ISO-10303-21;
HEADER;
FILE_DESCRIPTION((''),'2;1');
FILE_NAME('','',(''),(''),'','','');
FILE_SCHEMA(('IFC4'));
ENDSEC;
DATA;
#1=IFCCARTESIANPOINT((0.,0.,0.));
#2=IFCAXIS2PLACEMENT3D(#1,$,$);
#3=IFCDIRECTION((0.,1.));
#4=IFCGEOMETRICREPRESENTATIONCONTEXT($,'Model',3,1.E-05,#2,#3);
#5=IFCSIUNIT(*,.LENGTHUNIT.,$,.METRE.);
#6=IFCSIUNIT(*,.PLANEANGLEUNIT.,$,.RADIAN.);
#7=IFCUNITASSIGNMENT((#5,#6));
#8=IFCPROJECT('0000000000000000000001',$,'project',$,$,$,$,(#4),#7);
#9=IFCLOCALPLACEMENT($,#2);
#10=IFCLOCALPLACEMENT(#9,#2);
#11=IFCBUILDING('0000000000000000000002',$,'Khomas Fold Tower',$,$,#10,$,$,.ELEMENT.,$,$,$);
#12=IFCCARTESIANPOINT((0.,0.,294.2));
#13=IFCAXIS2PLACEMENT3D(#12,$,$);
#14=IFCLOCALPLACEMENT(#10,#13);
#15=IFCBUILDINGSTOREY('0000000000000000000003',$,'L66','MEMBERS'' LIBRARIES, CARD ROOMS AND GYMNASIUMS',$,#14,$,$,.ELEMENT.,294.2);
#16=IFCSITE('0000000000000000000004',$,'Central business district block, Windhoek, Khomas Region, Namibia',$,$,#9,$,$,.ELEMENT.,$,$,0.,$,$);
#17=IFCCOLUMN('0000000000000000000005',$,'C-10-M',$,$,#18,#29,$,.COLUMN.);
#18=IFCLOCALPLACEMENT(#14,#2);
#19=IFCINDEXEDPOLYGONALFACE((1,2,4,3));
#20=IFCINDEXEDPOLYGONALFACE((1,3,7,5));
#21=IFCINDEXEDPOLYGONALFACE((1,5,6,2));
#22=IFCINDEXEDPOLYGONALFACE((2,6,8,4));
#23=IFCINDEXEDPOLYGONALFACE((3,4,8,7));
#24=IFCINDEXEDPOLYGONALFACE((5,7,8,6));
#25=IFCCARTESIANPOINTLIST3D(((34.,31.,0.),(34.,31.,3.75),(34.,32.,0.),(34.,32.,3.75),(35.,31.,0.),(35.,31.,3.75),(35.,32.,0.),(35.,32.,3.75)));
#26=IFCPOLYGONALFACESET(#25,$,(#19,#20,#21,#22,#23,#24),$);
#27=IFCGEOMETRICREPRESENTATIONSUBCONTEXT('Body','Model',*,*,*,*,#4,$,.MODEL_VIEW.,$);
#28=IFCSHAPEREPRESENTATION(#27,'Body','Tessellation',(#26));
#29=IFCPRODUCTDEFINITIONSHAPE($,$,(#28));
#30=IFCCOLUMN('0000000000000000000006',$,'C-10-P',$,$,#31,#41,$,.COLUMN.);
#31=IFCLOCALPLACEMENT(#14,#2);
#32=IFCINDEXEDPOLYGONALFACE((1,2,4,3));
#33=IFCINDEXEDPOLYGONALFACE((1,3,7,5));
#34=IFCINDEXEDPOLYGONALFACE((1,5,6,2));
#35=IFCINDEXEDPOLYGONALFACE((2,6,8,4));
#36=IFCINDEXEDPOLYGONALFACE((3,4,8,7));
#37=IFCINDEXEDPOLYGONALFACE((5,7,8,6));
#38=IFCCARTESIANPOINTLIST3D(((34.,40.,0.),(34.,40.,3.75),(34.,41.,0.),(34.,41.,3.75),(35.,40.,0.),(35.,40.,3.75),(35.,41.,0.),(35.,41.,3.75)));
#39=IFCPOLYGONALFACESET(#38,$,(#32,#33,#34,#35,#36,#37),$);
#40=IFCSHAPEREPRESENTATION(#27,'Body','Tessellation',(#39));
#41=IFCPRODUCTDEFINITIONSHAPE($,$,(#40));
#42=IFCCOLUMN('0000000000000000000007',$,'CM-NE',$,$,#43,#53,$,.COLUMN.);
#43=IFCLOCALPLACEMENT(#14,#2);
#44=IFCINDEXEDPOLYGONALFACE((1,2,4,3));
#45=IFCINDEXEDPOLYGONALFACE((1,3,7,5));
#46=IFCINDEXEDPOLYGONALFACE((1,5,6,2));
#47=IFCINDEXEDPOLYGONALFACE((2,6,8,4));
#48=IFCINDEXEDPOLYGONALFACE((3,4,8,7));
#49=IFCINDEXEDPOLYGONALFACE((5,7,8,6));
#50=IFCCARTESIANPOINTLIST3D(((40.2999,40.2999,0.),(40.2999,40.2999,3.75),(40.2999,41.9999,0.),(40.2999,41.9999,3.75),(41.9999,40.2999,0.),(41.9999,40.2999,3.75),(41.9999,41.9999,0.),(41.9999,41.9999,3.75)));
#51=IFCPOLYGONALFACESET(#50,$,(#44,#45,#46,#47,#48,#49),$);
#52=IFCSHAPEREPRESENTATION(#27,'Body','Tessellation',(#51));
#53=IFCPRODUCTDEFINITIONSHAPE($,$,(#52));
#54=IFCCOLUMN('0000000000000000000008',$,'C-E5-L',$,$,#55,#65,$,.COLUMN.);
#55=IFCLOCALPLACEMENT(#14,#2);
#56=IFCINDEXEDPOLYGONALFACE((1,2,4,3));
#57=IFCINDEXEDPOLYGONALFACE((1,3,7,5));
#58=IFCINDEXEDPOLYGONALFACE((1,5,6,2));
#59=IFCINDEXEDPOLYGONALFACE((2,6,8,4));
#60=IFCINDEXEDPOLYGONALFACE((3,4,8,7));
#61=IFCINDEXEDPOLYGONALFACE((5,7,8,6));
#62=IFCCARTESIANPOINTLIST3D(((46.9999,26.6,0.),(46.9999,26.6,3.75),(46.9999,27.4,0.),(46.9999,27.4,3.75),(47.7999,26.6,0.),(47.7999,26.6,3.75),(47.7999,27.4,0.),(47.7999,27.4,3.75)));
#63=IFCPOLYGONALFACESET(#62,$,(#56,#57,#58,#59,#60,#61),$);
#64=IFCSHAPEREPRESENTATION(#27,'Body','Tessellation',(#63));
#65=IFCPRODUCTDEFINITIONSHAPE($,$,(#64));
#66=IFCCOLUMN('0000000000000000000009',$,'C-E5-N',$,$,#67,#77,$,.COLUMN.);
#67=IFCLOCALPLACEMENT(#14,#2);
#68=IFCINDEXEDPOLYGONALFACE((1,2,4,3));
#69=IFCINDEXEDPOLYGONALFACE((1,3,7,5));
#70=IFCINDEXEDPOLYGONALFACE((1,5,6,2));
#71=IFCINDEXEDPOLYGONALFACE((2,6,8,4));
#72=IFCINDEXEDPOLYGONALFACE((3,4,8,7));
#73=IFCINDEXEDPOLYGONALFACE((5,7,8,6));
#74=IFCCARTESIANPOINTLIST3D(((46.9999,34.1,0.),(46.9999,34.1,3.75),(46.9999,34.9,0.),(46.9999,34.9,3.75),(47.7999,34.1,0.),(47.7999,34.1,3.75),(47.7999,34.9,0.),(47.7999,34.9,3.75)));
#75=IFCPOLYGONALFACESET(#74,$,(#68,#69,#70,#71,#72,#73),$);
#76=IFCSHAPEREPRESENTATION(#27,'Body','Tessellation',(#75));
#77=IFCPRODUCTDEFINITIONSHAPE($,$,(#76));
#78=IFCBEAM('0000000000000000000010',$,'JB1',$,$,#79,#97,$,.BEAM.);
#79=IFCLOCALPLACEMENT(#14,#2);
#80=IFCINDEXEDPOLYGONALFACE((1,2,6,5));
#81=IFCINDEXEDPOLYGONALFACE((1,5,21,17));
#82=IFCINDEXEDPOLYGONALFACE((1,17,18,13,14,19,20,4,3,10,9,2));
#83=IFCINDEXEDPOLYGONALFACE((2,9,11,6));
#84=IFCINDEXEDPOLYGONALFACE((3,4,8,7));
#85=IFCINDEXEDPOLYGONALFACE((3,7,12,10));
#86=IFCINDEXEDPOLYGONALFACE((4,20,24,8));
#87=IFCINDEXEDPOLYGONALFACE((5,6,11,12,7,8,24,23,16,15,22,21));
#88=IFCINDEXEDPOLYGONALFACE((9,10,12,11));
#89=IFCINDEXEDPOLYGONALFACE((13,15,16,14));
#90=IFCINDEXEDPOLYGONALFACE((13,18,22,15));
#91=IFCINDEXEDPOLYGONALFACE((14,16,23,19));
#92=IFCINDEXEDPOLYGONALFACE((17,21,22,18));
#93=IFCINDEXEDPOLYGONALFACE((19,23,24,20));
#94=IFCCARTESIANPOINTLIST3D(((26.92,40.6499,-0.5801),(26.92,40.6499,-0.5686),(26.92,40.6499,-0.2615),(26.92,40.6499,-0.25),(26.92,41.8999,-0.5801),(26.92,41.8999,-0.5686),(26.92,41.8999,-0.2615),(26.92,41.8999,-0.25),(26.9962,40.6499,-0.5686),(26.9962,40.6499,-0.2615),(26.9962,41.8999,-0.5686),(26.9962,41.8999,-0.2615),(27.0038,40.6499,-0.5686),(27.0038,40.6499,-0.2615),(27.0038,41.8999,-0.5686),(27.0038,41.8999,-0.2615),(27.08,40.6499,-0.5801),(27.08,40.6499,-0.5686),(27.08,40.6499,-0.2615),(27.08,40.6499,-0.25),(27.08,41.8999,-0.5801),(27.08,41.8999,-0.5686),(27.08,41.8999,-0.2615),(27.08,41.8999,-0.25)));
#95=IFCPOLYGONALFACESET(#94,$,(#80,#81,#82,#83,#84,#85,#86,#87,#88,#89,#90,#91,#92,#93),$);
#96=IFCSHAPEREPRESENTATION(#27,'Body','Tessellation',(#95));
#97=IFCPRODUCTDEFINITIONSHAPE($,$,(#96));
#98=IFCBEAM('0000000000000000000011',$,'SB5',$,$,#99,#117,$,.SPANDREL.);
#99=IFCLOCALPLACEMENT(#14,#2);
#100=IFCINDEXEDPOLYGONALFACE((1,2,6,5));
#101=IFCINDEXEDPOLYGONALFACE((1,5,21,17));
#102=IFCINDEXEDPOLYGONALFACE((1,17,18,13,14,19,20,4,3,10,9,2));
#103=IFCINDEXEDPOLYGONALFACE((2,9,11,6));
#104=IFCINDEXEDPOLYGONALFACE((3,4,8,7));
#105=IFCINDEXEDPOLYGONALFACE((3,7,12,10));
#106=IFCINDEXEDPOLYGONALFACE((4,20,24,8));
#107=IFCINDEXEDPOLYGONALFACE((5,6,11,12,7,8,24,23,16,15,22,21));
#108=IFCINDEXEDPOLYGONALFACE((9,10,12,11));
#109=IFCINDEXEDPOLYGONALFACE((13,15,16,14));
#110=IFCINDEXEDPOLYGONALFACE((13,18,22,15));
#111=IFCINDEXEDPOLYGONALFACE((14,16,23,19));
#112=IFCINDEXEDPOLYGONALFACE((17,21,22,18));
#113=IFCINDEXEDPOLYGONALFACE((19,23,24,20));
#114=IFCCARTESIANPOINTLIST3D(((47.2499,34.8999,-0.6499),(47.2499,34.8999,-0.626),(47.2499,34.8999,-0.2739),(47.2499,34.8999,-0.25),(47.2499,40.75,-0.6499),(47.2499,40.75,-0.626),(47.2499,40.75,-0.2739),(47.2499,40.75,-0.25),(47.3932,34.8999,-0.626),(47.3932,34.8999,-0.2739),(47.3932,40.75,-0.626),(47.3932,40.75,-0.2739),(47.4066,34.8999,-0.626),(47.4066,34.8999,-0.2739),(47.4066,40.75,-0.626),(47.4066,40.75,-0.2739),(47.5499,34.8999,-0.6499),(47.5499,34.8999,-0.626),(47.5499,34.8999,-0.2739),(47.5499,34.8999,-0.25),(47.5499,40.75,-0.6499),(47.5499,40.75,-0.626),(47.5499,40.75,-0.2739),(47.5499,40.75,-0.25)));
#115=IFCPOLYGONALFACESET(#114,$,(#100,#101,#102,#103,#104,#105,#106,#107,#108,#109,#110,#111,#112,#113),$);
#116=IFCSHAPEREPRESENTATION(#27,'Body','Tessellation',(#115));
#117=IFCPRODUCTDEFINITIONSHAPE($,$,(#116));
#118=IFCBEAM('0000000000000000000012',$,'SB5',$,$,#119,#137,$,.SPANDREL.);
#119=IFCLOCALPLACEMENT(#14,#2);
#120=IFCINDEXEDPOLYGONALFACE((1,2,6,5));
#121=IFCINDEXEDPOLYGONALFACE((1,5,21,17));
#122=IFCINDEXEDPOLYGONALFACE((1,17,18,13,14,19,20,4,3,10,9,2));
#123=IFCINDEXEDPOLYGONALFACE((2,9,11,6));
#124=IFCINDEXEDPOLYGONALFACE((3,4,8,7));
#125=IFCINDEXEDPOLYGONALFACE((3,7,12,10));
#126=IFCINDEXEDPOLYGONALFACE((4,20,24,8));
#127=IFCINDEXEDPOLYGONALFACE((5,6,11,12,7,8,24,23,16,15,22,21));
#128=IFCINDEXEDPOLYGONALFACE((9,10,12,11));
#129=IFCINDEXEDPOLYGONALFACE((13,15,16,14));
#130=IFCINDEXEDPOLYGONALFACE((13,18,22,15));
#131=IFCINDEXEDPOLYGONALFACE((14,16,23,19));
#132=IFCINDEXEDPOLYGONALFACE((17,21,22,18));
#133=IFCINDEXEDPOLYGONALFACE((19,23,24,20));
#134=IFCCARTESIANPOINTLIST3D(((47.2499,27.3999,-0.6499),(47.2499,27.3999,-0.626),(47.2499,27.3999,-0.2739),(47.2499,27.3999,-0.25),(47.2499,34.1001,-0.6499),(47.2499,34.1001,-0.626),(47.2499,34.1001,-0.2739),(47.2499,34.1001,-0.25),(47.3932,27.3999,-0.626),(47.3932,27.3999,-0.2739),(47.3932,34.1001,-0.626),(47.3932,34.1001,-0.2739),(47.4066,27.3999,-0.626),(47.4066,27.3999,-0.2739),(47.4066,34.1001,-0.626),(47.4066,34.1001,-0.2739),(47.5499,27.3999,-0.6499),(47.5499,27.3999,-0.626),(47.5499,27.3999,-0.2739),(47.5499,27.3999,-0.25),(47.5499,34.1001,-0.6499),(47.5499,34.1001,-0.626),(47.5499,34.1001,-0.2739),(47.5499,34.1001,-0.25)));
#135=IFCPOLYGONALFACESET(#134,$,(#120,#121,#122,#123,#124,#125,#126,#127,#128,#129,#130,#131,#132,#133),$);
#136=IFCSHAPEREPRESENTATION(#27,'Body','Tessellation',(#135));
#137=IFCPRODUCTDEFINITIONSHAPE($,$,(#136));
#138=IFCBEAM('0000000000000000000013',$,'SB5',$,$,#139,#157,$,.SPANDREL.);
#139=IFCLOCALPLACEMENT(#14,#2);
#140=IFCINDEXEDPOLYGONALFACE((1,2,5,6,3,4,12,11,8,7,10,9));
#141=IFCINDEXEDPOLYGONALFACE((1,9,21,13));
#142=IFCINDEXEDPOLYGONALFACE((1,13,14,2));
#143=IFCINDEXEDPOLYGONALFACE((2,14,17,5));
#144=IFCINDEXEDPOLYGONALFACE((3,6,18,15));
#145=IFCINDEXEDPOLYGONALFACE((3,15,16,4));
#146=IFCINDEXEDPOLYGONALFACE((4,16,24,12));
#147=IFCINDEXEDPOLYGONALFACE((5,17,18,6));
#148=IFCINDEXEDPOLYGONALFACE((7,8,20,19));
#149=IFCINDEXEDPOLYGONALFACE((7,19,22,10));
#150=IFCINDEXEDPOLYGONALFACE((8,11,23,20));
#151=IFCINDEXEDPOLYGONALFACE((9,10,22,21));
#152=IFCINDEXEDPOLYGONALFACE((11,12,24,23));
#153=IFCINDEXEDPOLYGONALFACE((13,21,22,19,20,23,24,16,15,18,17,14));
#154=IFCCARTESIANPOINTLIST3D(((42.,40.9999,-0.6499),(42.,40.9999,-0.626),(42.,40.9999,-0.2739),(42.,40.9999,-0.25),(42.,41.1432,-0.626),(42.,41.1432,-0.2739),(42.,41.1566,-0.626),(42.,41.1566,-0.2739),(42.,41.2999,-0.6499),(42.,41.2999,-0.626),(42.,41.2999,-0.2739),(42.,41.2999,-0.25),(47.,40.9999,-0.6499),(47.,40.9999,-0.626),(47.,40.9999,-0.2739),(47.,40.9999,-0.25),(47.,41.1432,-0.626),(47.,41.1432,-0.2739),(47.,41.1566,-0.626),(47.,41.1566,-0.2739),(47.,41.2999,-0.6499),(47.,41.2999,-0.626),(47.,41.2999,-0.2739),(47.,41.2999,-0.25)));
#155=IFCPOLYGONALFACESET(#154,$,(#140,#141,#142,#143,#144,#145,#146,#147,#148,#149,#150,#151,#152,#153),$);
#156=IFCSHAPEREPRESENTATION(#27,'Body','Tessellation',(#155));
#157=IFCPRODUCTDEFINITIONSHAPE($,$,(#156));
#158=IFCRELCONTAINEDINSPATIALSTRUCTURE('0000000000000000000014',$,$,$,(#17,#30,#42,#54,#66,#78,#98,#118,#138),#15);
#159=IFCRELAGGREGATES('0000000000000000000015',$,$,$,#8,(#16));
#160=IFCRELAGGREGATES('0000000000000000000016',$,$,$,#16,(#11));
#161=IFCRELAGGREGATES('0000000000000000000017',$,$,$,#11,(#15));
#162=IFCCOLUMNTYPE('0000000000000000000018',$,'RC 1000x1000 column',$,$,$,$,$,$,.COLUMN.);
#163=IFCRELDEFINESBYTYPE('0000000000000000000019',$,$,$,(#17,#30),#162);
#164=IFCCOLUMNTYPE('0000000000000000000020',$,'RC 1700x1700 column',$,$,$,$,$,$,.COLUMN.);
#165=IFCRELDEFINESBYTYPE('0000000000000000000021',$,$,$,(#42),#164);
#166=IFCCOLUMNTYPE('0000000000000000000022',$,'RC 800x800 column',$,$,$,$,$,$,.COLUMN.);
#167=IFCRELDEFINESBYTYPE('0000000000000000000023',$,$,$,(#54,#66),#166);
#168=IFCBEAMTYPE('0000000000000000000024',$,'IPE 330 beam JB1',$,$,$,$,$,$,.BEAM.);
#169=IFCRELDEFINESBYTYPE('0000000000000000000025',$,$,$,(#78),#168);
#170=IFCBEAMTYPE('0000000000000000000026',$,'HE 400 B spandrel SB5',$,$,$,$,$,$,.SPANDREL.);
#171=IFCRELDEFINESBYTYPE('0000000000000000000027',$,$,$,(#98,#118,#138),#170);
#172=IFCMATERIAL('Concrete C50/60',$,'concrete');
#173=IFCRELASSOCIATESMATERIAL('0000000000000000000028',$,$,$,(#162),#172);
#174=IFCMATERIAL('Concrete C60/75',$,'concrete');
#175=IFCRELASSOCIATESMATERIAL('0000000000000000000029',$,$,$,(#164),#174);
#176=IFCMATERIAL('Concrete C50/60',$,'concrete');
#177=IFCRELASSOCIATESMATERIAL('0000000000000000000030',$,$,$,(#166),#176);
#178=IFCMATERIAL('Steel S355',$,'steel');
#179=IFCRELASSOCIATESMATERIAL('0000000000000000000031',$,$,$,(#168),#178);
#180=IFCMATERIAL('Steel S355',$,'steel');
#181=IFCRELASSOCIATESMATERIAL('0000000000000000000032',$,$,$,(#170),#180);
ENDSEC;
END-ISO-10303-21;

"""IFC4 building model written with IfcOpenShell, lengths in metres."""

from ifc_helpers import new_model, si_unit, direction, frame, origin, origin_2d, place, context, subcontext, project, spatial, rectangle, i_section, extrude, source, transform, mapped, material, material_profile, profile_set, type_object, element, save


model = new_model("IFC4")

# Units and contexts
model_context = context("Model", 3, precision=1e-05, world=origin(), true_north=direction((0.0, 1.0)))
body_context = subcontext(model_context, "Body", "Model", "MODEL_VIEW")
ifc_project = project(units=[si_unit("LENGTHUNIT", "METRE"), si_unit("PLANEANGLEUNIT", "RADIAN")], contexts=[model_context])

# Site, building, storey
site_placement = place(None, origin())
site = spatial("IfcSite", under=ifc_project, at=site_placement, Name="Central business district block, Windhoek, Khomas Region, Namibia", CompositionType="ELEMENT", RefElevation=0.0)
building_placement = place(site_placement, origin())
building = spatial("IfcBuilding", under=site, at=building_placement, Name="Khomas Fold Tower", CompositionType="ELEMENT")
storey_placement = place(building_placement, frame((0.0, 0.0, 294.2)))
storey = spatial("IfcBuildingStorey", under=building, at=storey_placement, Name="L66", Description="MEMBERS' LIBRARIES, CARD ROOMS AND GYMNASIUMS", CompositionType="ELEMENT", Elevation=294.2)

# Columns
ifc_material_1 = material(Name="Concrete C50/60", Category="concrete")
ifc_material_profile_1 = material_profile(ifc_material_1, rectangle(XDim=1.0, YDim=1.0, at=origin_2d()), Name="RC 1000x1000")
ifc_profile_set_1 = profile_set([ifc_material_profile_1], Name="Concrete C50/60")
column_type_1 = type_object("IfcColumnType", Name="RC 1000x1000 column", PredefinedType="COLUMN", material=ifc_profile_set_1)
shared_shape_1 = source(origin(), body_context, "Body", "SweptSolid", [
    extrude(rectangle(XDim=1.0, YDim=1.0, at=origin_2d()), origin(), (0.0, 0.0, 1.0), 3.75),
])
for number, where, z_axis, x_axis, name in (
    (1, (34.5, 31.5, 0.0), (0.0, 0.0, 1.0), (1.0, 0.0, 0.0), "C-10-M"),
    (2, (34.5, 40.5, 0.0), (0.0, 0.0, 1.0), (1.0, 0.0, 0.0), "C-10-P"),
):
    element("IfcColumn", number, at=place(storey_placement, frame(where, z_axis=z_axis, x_axis=x_axis)), inside=storey, type_object=column_type_1, Name=name, PredefinedType="COLUMN", context=body_context, shape_type="MappedRepresentation", body=[
        mapped(shared_shape_1, transform((0.0, 0.0, 0.0))),
    ])
ifc_material_2 = material(Name="Concrete C60/75", Category="concrete")
ifc_material_profile_2 = material_profile(ifc_material_2, rectangle(XDim=1.7, YDim=1.7, at=origin_2d()), Name="RC 1700x1700")
ifc_profile_set_2 = profile_set([ifc_material_profile_2], Name="Concrete C60/75")
column_type_2 = type_object("IfcColumnType", Name="RC 1700x1700 column", PredefinedType="COLUMN", material=ifc_profile_set_2)
shared_shape_2 = source(origin(), body_context, "Body", "SweptSolid", [
    extrude(rectangle(XDim=1.7, YDim=1.7, at=origin_2d()), origin(), (0.0, 0.0, 1.0), 3.75),
])
column_placement = place(storey_placement, frame((41.1499, 41.1499, 0.0), z_axis=(0.0, 0.0, 1.0), x_axis=(1.0, 0.0, 0.0)))
element("IfcColumn", 3, at=column_placement, inside=storey, type_object=column_type_2, Name="CM-NE", PredefinedType="COLUMN", context=body_context, shape_type="MappedRepresentation", body=[
    mapped(shared_shape_2, transform((0.0, 0.0, 0.0))),
])
ifc_material_3 = material(Name="Concrete C50/60", Category="concrete")
ifc_material_profile_3 = material_profile(ifc_material_3, rectangle(XDim=0.8, YDim=0.8, at=origin_2d()), Name="RC 800x800")
ifc_profile_set_3 = profile_set([ifc_material_profile_3], Name="Concrete C50/60")
column_type_3 = type_object("IfcColumnType", Name="RC 800x800 column", PredefinedType="COLUMN", material=ifc_profile_set_3)
shared_shape_3 = source(origin(), body_context, "Body", "SweptSolid", [
    extrude(rectangle(XDim=0.8, YDim=0.8, at=origin_2d()), origin(), (0.0, 0.0, 1.0), 3.75),
])
for number, where, z_axis, x_axis, name in (
    (4, (47.3999, 27.0, 0.0), (0.0, 0.0, 1.0), (1.0, 0.0, 0.0), "C-E5-L"),
    (5, (47.3999, 34.5, 0.0), (0.0, 0.0, 1.0), (1.0, 0.0, 0.0), "C-E5-N"),
):
    element("IfcColumn", number, at=place(storey_placement, frame(where, z_axis=z_axis, x_axis=x_axis)), inside=storey, type_object=column_type_3, Name=name, PredefinedType="COLUMN", context=body_context, shape_type="MappedRepresentation", body=[
        mapped(shared_shape_3, transform((0.0, 0.0, 0.0))),
    ])

# Beams
ifc_material_4 = material(Name="Steel S355", Category="steel")
ifc_material_profile_4 = material_profile(ifc_material_4, i_section(OverallWidth=0.1599, OverallDepth=0.3301, WebThickness=0.0076, FlangeThickness=0.0115, at=origin_2d()), Name="IPE 330")
ifc_profile_set_4 = profile_set([ifc_material_profile_4], Name="Steel S355")
beam_type_1 = type_object("IfcBeamType", Name="IPE 330 beam JB1", PredefinedType="BEAM", material=ifc_profile_set_4)
shared_shape_4 = source(origin(), body_context, "Body", "SweptSolid", [
    extrude(i_section(OverallWidth=0.1599, OverallDepth=0.3301, WebThickness=0.0076, FlangeThickness=0.0115, at=origin_2d()), origin(), (0.0, 0.0, 1.0), 1.25),
])
beam_1_placement = place(storey_placement, frame((27.0, 40.6499, -0.415), z_axis=(0.0, 1.0, 0.0), x_axis=(-1.0, 0.0, 0.0)))
element("IfcBeam", 6, at=beam_1_placement, inside=storey, type_object=beam_type_1, Name="JB1", PredefinedType="BEAM", context=body_context, shape_type="MappedRepresentation", body=[
    mapped(shared_shape_4, transform((0.0, 0.0, 0.0))),
])
ifc_material_5 = material(Name="Steel S355", Category="steel")
ifc_material_profile_5 = material_profile(ifc_material_5, i_section(OverallWidth=0.3, OverallDepth=0.3999, WebThickness=0.0134, FlangeThickness=0.0239, at=origin_2d()), Name="HE 400 B")
ifc_profile_set_5 = profile_set([ifc_material_profile_5], Name="Steel S355")
beam_type_2 = type_object("IfcBeamType", Name="HE 400 B spandrel SB5", PredefinedType="SPANDREL", material=ifc_profile_set_5)
shared_shape_5 = source(origin(), body_context, "Body", "SweptSolid", [
    extrude(i_section(OverallWidth=0.3, OverallDepth=0.3999, WebThickness=0.0134, FlangeThickness=0.0239, at=origin_2d()), origin(), (0.0, 0.0, 1.0), 5.8501),
])
beam_2_placement = place(storey_placement, frame((47.3999, 34.8999, -0.45), z_axis=(0.0, 1.0, 0.0), x_axis=(-1.0, 0.0, 0.0)))
element("IfcBeam", 7, at=beam_2_placement, inside=storey, type_object=beam_type_2, Name="SB5", PredefinedType="SPANDREL", context=body_context, shape_type="MappedRepresentation", body=[
    mapped(shared_shape_5, transform((0.0, 0.0, 0.0))),
])
shared_shape_6 = source(origin(), body_context, "Body", "SweptSolid", [
    extrude(i_section(OverallWidth=0.3, OverallDepth=0.3999, WebThickness=0.0134, FlangeThickness=0.0239, at=origin_2d()), origin(), (0.0, 0.0, 1.0), 6.7002),
])
beam_3_placement = place(storey_placement, frame((47.3999, 27.3999, -0.45), z_axis=(0.0, 1.0, 0.0), x_axis=(-1.0, 0.0, 0.0)))
element("IfcBeam", 8, at=beam_3_placement, inside=storey, type_object=beam_type_2, Name="SB5", PredefinedType="SPANDREL", context=body_context, shape_type="MappedRepresentation", body=[
    mapped(shared_shape_6, transform((0.0, 0.0, 0.0))),
])
shared_shape_7 = source(origin(), body_context, "Body", "SweptSolid", [
    extrude(i_section(OverallWidth=0.3, OverallDepth=0.3999, WebThickness=0.0134, FlangeThickness=0.0239, at=origin_2d()), origin(), (0.0, 0.0, 1.0), 5.0),
])
beam_4_placement = place(storey_placement, frame((42.0, 41.1499, -0.45), z_axis=(1.0, 0.0, 0.0), x_axis=(0.0, 1.0, 0.0)))
element("IfcBeam", 9, at=beam_4_placement, inside=storey, type_object=beam_type_2, Name="SB5", PredefinedType="SPANDREL", context=body_context, shape_type="MappedRepresentation", body=[
    mapped(shared_shape_7, transform((0.0, 0.0, 0.0))),
])

save(model, "model.ifc")
